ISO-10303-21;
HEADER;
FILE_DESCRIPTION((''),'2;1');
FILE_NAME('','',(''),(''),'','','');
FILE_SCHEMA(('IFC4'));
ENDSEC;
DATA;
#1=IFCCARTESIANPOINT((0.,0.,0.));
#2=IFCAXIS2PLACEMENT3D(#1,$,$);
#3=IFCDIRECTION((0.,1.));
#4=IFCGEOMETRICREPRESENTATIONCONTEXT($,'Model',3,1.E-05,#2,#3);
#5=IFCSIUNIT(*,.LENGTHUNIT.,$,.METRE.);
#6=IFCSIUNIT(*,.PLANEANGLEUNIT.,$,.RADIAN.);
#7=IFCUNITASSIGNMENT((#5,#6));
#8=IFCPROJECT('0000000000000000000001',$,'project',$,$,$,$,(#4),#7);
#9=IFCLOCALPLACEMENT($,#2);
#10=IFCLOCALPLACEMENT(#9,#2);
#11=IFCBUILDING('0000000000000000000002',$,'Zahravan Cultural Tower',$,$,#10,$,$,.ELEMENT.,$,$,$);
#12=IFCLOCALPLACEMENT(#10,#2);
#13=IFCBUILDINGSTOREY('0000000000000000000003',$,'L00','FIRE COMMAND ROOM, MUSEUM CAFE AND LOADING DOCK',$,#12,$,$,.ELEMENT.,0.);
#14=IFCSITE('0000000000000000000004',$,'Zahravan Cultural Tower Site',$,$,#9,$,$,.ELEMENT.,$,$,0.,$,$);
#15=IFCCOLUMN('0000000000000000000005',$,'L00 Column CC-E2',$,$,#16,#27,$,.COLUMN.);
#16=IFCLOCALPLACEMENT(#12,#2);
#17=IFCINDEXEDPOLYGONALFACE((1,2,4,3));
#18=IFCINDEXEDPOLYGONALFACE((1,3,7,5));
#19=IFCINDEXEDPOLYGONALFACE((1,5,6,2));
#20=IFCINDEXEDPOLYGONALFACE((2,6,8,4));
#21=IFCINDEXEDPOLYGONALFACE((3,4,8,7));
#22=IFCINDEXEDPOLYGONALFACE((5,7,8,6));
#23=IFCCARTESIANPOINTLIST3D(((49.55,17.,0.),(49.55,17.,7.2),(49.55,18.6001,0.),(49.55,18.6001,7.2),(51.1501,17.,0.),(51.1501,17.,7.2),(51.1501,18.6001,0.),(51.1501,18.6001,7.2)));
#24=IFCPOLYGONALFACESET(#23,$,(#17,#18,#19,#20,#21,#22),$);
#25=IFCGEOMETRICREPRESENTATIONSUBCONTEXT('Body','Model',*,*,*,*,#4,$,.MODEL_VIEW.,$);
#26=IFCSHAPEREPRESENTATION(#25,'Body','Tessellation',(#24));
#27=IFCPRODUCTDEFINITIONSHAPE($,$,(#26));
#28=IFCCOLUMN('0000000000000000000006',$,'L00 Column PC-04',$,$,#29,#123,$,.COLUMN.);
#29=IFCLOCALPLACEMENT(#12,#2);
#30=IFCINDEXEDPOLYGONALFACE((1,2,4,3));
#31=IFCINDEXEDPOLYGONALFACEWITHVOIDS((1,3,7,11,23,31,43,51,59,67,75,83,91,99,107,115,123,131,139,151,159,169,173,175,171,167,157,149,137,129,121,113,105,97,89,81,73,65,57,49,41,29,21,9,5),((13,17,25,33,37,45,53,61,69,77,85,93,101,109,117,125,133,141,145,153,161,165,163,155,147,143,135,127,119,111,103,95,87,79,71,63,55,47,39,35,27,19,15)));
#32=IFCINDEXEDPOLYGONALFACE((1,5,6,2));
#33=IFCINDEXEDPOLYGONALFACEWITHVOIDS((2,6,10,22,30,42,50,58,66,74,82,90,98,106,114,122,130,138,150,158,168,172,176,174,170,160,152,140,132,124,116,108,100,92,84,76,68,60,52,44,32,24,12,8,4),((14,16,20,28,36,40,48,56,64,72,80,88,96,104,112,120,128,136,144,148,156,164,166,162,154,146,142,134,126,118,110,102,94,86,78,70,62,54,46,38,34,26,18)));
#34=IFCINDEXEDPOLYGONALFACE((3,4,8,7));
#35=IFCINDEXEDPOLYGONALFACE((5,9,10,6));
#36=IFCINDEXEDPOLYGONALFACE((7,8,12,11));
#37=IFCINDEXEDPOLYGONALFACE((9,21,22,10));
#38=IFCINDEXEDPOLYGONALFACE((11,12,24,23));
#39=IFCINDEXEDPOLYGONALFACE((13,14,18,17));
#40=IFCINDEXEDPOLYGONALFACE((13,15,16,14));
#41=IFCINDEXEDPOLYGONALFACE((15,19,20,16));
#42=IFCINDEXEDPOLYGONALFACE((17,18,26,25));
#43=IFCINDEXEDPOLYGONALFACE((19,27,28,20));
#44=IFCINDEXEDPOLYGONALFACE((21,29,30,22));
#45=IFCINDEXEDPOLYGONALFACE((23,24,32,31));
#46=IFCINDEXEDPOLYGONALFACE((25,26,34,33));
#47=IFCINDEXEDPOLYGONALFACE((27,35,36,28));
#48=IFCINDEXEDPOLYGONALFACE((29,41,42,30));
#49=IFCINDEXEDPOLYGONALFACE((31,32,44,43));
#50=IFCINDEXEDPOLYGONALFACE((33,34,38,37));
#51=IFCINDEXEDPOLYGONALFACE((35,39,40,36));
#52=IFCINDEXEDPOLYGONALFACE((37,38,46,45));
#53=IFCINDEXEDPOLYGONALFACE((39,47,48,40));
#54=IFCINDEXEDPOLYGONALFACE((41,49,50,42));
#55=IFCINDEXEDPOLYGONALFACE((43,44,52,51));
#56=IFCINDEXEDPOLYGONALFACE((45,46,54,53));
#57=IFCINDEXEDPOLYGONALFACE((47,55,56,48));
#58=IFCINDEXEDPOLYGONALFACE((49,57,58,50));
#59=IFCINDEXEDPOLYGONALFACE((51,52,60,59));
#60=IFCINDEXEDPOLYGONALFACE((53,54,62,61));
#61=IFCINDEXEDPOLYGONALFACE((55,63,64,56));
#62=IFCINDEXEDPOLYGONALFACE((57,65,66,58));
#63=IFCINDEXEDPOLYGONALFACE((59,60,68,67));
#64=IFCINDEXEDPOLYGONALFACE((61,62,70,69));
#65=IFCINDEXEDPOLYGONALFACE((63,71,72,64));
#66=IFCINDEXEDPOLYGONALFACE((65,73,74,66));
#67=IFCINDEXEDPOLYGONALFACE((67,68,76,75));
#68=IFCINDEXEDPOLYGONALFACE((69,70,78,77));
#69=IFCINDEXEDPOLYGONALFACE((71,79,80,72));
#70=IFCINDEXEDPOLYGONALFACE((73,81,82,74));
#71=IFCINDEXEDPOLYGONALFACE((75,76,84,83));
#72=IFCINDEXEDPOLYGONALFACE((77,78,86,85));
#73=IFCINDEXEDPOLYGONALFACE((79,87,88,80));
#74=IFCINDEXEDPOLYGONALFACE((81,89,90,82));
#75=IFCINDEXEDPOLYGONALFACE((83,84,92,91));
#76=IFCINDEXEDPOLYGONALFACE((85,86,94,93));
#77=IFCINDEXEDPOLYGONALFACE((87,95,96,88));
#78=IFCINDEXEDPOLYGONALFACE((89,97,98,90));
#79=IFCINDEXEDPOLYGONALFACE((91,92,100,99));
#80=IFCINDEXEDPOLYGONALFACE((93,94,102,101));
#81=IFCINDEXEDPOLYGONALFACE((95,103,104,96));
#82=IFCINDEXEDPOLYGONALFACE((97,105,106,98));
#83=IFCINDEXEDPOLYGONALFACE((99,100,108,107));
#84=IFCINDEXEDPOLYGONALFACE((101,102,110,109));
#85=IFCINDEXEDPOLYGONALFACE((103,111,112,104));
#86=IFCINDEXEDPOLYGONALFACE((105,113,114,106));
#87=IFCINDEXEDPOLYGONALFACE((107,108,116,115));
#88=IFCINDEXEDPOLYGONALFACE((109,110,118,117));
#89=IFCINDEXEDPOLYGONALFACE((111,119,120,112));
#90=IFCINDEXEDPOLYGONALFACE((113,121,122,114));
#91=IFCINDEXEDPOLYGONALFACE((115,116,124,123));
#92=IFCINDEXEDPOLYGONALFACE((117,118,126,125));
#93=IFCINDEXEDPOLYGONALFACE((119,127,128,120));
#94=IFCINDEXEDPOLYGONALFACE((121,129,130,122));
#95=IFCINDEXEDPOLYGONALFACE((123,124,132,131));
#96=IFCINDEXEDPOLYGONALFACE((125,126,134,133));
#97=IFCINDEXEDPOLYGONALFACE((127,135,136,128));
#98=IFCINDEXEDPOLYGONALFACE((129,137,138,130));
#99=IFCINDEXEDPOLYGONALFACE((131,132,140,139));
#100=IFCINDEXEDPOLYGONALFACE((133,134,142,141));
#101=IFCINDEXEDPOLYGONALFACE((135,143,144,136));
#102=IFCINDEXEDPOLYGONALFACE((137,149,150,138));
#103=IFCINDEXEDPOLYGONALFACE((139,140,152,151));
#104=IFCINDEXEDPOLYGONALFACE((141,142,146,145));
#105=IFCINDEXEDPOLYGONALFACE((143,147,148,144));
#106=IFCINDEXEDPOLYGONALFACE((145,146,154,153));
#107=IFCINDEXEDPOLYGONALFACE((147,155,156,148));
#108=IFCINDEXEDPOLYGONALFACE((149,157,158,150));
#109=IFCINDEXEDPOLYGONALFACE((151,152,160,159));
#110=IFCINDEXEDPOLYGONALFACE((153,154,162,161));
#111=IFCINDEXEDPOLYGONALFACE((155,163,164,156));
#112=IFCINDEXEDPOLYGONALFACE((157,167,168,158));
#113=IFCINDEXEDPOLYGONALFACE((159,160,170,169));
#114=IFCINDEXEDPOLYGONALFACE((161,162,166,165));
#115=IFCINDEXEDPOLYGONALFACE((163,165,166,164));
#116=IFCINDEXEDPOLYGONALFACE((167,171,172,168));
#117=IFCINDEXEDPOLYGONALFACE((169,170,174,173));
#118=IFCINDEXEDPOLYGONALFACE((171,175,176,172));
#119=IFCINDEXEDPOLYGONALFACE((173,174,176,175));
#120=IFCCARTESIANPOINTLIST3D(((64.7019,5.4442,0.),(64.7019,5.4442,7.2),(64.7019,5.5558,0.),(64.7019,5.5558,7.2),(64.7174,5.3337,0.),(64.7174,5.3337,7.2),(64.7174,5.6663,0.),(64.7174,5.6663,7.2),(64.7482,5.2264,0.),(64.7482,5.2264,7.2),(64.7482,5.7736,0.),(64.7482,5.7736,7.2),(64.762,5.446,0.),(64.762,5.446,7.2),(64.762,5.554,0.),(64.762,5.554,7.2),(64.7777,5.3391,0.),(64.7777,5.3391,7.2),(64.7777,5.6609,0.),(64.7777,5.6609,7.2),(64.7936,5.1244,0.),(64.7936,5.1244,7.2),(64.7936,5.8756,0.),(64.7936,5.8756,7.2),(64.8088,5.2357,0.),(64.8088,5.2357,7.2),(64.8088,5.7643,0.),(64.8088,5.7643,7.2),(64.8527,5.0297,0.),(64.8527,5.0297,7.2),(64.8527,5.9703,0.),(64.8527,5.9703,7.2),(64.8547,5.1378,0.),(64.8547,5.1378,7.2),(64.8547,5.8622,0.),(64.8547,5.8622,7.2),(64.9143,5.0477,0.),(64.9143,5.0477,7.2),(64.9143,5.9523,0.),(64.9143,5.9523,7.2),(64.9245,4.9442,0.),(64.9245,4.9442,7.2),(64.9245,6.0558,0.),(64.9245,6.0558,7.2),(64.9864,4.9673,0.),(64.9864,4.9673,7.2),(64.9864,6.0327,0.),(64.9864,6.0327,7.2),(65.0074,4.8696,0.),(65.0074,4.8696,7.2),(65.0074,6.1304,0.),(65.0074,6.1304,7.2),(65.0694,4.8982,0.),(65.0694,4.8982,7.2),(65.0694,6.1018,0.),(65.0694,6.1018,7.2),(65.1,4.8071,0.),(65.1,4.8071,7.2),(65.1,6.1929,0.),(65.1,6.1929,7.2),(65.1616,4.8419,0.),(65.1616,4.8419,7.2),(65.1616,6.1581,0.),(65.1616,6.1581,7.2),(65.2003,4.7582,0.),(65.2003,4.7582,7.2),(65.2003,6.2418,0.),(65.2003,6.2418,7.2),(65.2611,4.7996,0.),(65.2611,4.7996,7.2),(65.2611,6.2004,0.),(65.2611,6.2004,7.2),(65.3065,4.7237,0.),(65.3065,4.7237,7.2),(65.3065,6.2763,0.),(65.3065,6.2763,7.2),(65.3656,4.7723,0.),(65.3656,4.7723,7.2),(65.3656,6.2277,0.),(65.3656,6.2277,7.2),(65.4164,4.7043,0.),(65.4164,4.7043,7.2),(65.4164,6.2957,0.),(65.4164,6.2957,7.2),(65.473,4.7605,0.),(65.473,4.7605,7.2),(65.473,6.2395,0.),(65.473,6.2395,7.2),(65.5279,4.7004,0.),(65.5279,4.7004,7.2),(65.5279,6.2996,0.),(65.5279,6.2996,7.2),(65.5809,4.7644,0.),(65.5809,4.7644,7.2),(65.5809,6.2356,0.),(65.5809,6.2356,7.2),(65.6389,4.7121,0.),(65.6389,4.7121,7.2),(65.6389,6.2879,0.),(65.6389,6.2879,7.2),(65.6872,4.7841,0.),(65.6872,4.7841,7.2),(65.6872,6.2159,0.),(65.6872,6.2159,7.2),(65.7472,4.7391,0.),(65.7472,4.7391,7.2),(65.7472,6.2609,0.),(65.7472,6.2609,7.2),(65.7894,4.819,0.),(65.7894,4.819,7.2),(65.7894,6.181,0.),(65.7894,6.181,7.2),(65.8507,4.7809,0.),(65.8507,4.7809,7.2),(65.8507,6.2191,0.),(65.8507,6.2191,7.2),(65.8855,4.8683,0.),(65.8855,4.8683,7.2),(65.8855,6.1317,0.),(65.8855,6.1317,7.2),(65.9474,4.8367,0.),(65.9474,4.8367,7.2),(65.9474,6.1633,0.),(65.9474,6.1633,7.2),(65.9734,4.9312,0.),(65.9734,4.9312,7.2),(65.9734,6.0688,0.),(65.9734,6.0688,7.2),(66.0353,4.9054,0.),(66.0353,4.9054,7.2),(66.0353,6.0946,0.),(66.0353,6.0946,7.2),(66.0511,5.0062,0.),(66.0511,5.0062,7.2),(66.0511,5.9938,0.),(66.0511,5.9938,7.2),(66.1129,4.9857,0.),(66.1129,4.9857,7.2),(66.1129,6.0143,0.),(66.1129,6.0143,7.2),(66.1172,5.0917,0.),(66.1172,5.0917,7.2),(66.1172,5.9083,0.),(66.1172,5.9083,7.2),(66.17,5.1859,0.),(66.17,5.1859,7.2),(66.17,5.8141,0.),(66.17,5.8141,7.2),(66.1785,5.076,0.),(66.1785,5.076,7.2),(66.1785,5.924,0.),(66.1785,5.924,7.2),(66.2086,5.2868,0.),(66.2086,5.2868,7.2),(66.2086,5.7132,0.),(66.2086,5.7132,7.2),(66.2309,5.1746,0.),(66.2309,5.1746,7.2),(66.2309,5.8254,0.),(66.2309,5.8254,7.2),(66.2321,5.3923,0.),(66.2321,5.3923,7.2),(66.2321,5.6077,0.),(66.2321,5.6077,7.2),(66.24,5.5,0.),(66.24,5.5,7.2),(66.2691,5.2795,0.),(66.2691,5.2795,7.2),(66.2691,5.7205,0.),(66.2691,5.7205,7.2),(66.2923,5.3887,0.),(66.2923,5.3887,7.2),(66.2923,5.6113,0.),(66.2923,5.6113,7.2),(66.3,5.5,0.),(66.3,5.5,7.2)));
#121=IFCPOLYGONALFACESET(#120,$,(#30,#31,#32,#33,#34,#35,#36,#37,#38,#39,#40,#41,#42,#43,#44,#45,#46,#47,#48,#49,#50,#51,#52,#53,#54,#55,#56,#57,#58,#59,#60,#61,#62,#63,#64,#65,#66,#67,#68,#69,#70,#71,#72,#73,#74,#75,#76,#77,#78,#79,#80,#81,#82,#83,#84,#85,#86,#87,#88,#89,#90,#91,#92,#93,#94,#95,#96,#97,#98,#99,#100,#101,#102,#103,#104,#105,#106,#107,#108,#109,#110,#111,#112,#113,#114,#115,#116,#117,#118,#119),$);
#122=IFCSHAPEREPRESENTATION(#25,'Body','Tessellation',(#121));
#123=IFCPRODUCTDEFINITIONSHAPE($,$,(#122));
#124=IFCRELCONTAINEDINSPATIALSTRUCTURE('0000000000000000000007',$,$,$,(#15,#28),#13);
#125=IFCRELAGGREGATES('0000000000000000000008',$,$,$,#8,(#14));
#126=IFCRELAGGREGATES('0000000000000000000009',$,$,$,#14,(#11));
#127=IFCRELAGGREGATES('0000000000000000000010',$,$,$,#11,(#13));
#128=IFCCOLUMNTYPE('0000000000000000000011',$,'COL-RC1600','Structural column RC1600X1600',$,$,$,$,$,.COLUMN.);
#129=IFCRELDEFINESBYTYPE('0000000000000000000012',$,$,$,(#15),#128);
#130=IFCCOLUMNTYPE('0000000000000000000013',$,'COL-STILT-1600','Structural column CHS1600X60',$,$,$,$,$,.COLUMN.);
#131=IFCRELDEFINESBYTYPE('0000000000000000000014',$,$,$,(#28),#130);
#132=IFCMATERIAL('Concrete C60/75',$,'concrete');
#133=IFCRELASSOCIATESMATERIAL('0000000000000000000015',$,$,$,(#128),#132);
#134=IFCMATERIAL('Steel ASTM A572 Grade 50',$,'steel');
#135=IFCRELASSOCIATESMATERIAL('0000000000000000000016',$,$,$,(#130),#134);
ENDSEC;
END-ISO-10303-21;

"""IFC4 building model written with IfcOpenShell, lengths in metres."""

from ifc_helpers import new_model, si_unit, direction, frame, origin, origin_2d, place, context, subcontext, project, spatial, rectangle, hollow_circle, extrude, source, transform, mapped, material, material_profile, profile_set, type_object, element, save


model = new_model("IFC4")

# Units and contexts
model_context = context("Model", 3, precision=1e-05, world=origin(), true_north=direction((0.0, 1.0)))
body_context = subcontext(model_context, "Body", "Model", "MODEL_VIEW")
ifc_project = project(units=[si_unit("LENGTHUNIT", "METRE"), si_unit("PLANEANGLEUNIT", "RADIAN")], contexts=[model_context])

# Site, building, storey
site_placement = place(None, origin())
site = spatial("IfcSite", under=ifc_project, at=site_placement, Name="Zahravan Cultural Tower Site", CompositionType="ELEMENT", RefElevation=0.0)
building_placement = place(site_placement, origin())
building = spatial("IfcBuilding", under=site, at=building_placement, Name="Zahravan Cultural Tower", CompositionType="ELEMENT")
storey_placement = place(building_placement, origin())
storey = spatial("IfcBuildingStorey", under=building, at=storey_placement, Name="L00", Description="FIRE COMMAND ROOM, MUSEUM CAFE AND LOADING DOCK", CompositionType="ELEMENT", Elevation=0.0)

# Columns
ifc_material_1 = material(Name="Concrete C60/75", Category="concrete")
ifc_material_profile_1 = material_profile(ifc_material_1, rectangle(XDim=1.6001, YDim=1.6001, at=origin_2d()), Name="RC1600X1600")
ifc_profile_set_1 = profile_set([ifc_material_profile_1], Name="Concrete C60/75")
column_type_1 = type_object("IfcColumnType", Name="COL-RC1600", Description="Structural column RC1600X1600", PredefinedType="COLUMN", material=ifc_profile_set_1)
shared_shape_1 = source(origin(), body_context, "Body", "SweptSolid", [
    extrude(rectangle(XDim=1.6001, YDim=1.6001, at=origin_2d()), origin(), (0.0, 0.0, 1.0), 7.2),
])
column_1_placement = place(storey_placement, frame((50.3501, 17.8, 0.0), z_axis=(0.0, 0.0, 1.0), x_axis=(1.0, 0.0, 0.0)))
element("IfcColumn", 1, at=column_1_placement, inside=storey, type_object=column_type_1, Name="L00 Column CC-E2", PredefinedType="COLUMN", context=body_context, shape_type="MappedRepresentation", body=[
    mapped(shared_shape_1, transform((0.0, 0.0, 0.0), x_axis=(1.0, 0.0, 0.0), y_axis=(0.0, 1.0, 0.0), z_axis=(0.0, 0.0, 1.0), scale=1.0)),
])
ifc_material_2 = material(Name="Steel ASTM A572 Grade 50", Category="steel")
ifc_material_profile_2 = material_profile(ifc_material_2, hollow_circle(Radius=0.8, WallThickness=0.0601, at=origin_2d()), Name="CHS1600X60")
ifc_profile_set_2 = profile_set([ifc_material_profile_2], Name="Steel ASTM A572 Grade 50")
column_type_2 = type_object("IfcColumnType", Name="COL-STILT-1600", Description="Structural column CHS1600X60", PredefinedType="COLUMN", material=ifc_profile_set_2)
shared_shape_2 = source(origin(), body_context, "Body", "SweptSolid", [
    extrude(hollow_circle(Radius=0.8, WallThickness=0.0601, at=origin_2d()), origin(), (0.0, 0.0, 1.0), 7.2),
])
for number, where, z_axis, x_axis, name in (
    (2, (65.5, 5.5, 0.0), (0.0, 0.0, 1.0), (1.0, 0.0, 0.0), "L00 Column PC-04"),
):
    element("IfcColumn", number, at=place(storey_placement, frame(where, z_axis=z_axis, x_axis=x_axis)), inside=storey, type_object=column_type_2, Name=name, PredefinedType="COLUMN", context=body_context, shape_type="MappedRepresentation", body=[
        mapped(shared_shape_2, transform((0.0, 0.0, 0.0), x_axis=(1.0, 0.0, 0.0), y_axis=(0.0, 1.0, 0.0), z_axis=(0.0, 0.0, 1.0), scale=1.0)),
    ])

save(model, "model.ifc")
